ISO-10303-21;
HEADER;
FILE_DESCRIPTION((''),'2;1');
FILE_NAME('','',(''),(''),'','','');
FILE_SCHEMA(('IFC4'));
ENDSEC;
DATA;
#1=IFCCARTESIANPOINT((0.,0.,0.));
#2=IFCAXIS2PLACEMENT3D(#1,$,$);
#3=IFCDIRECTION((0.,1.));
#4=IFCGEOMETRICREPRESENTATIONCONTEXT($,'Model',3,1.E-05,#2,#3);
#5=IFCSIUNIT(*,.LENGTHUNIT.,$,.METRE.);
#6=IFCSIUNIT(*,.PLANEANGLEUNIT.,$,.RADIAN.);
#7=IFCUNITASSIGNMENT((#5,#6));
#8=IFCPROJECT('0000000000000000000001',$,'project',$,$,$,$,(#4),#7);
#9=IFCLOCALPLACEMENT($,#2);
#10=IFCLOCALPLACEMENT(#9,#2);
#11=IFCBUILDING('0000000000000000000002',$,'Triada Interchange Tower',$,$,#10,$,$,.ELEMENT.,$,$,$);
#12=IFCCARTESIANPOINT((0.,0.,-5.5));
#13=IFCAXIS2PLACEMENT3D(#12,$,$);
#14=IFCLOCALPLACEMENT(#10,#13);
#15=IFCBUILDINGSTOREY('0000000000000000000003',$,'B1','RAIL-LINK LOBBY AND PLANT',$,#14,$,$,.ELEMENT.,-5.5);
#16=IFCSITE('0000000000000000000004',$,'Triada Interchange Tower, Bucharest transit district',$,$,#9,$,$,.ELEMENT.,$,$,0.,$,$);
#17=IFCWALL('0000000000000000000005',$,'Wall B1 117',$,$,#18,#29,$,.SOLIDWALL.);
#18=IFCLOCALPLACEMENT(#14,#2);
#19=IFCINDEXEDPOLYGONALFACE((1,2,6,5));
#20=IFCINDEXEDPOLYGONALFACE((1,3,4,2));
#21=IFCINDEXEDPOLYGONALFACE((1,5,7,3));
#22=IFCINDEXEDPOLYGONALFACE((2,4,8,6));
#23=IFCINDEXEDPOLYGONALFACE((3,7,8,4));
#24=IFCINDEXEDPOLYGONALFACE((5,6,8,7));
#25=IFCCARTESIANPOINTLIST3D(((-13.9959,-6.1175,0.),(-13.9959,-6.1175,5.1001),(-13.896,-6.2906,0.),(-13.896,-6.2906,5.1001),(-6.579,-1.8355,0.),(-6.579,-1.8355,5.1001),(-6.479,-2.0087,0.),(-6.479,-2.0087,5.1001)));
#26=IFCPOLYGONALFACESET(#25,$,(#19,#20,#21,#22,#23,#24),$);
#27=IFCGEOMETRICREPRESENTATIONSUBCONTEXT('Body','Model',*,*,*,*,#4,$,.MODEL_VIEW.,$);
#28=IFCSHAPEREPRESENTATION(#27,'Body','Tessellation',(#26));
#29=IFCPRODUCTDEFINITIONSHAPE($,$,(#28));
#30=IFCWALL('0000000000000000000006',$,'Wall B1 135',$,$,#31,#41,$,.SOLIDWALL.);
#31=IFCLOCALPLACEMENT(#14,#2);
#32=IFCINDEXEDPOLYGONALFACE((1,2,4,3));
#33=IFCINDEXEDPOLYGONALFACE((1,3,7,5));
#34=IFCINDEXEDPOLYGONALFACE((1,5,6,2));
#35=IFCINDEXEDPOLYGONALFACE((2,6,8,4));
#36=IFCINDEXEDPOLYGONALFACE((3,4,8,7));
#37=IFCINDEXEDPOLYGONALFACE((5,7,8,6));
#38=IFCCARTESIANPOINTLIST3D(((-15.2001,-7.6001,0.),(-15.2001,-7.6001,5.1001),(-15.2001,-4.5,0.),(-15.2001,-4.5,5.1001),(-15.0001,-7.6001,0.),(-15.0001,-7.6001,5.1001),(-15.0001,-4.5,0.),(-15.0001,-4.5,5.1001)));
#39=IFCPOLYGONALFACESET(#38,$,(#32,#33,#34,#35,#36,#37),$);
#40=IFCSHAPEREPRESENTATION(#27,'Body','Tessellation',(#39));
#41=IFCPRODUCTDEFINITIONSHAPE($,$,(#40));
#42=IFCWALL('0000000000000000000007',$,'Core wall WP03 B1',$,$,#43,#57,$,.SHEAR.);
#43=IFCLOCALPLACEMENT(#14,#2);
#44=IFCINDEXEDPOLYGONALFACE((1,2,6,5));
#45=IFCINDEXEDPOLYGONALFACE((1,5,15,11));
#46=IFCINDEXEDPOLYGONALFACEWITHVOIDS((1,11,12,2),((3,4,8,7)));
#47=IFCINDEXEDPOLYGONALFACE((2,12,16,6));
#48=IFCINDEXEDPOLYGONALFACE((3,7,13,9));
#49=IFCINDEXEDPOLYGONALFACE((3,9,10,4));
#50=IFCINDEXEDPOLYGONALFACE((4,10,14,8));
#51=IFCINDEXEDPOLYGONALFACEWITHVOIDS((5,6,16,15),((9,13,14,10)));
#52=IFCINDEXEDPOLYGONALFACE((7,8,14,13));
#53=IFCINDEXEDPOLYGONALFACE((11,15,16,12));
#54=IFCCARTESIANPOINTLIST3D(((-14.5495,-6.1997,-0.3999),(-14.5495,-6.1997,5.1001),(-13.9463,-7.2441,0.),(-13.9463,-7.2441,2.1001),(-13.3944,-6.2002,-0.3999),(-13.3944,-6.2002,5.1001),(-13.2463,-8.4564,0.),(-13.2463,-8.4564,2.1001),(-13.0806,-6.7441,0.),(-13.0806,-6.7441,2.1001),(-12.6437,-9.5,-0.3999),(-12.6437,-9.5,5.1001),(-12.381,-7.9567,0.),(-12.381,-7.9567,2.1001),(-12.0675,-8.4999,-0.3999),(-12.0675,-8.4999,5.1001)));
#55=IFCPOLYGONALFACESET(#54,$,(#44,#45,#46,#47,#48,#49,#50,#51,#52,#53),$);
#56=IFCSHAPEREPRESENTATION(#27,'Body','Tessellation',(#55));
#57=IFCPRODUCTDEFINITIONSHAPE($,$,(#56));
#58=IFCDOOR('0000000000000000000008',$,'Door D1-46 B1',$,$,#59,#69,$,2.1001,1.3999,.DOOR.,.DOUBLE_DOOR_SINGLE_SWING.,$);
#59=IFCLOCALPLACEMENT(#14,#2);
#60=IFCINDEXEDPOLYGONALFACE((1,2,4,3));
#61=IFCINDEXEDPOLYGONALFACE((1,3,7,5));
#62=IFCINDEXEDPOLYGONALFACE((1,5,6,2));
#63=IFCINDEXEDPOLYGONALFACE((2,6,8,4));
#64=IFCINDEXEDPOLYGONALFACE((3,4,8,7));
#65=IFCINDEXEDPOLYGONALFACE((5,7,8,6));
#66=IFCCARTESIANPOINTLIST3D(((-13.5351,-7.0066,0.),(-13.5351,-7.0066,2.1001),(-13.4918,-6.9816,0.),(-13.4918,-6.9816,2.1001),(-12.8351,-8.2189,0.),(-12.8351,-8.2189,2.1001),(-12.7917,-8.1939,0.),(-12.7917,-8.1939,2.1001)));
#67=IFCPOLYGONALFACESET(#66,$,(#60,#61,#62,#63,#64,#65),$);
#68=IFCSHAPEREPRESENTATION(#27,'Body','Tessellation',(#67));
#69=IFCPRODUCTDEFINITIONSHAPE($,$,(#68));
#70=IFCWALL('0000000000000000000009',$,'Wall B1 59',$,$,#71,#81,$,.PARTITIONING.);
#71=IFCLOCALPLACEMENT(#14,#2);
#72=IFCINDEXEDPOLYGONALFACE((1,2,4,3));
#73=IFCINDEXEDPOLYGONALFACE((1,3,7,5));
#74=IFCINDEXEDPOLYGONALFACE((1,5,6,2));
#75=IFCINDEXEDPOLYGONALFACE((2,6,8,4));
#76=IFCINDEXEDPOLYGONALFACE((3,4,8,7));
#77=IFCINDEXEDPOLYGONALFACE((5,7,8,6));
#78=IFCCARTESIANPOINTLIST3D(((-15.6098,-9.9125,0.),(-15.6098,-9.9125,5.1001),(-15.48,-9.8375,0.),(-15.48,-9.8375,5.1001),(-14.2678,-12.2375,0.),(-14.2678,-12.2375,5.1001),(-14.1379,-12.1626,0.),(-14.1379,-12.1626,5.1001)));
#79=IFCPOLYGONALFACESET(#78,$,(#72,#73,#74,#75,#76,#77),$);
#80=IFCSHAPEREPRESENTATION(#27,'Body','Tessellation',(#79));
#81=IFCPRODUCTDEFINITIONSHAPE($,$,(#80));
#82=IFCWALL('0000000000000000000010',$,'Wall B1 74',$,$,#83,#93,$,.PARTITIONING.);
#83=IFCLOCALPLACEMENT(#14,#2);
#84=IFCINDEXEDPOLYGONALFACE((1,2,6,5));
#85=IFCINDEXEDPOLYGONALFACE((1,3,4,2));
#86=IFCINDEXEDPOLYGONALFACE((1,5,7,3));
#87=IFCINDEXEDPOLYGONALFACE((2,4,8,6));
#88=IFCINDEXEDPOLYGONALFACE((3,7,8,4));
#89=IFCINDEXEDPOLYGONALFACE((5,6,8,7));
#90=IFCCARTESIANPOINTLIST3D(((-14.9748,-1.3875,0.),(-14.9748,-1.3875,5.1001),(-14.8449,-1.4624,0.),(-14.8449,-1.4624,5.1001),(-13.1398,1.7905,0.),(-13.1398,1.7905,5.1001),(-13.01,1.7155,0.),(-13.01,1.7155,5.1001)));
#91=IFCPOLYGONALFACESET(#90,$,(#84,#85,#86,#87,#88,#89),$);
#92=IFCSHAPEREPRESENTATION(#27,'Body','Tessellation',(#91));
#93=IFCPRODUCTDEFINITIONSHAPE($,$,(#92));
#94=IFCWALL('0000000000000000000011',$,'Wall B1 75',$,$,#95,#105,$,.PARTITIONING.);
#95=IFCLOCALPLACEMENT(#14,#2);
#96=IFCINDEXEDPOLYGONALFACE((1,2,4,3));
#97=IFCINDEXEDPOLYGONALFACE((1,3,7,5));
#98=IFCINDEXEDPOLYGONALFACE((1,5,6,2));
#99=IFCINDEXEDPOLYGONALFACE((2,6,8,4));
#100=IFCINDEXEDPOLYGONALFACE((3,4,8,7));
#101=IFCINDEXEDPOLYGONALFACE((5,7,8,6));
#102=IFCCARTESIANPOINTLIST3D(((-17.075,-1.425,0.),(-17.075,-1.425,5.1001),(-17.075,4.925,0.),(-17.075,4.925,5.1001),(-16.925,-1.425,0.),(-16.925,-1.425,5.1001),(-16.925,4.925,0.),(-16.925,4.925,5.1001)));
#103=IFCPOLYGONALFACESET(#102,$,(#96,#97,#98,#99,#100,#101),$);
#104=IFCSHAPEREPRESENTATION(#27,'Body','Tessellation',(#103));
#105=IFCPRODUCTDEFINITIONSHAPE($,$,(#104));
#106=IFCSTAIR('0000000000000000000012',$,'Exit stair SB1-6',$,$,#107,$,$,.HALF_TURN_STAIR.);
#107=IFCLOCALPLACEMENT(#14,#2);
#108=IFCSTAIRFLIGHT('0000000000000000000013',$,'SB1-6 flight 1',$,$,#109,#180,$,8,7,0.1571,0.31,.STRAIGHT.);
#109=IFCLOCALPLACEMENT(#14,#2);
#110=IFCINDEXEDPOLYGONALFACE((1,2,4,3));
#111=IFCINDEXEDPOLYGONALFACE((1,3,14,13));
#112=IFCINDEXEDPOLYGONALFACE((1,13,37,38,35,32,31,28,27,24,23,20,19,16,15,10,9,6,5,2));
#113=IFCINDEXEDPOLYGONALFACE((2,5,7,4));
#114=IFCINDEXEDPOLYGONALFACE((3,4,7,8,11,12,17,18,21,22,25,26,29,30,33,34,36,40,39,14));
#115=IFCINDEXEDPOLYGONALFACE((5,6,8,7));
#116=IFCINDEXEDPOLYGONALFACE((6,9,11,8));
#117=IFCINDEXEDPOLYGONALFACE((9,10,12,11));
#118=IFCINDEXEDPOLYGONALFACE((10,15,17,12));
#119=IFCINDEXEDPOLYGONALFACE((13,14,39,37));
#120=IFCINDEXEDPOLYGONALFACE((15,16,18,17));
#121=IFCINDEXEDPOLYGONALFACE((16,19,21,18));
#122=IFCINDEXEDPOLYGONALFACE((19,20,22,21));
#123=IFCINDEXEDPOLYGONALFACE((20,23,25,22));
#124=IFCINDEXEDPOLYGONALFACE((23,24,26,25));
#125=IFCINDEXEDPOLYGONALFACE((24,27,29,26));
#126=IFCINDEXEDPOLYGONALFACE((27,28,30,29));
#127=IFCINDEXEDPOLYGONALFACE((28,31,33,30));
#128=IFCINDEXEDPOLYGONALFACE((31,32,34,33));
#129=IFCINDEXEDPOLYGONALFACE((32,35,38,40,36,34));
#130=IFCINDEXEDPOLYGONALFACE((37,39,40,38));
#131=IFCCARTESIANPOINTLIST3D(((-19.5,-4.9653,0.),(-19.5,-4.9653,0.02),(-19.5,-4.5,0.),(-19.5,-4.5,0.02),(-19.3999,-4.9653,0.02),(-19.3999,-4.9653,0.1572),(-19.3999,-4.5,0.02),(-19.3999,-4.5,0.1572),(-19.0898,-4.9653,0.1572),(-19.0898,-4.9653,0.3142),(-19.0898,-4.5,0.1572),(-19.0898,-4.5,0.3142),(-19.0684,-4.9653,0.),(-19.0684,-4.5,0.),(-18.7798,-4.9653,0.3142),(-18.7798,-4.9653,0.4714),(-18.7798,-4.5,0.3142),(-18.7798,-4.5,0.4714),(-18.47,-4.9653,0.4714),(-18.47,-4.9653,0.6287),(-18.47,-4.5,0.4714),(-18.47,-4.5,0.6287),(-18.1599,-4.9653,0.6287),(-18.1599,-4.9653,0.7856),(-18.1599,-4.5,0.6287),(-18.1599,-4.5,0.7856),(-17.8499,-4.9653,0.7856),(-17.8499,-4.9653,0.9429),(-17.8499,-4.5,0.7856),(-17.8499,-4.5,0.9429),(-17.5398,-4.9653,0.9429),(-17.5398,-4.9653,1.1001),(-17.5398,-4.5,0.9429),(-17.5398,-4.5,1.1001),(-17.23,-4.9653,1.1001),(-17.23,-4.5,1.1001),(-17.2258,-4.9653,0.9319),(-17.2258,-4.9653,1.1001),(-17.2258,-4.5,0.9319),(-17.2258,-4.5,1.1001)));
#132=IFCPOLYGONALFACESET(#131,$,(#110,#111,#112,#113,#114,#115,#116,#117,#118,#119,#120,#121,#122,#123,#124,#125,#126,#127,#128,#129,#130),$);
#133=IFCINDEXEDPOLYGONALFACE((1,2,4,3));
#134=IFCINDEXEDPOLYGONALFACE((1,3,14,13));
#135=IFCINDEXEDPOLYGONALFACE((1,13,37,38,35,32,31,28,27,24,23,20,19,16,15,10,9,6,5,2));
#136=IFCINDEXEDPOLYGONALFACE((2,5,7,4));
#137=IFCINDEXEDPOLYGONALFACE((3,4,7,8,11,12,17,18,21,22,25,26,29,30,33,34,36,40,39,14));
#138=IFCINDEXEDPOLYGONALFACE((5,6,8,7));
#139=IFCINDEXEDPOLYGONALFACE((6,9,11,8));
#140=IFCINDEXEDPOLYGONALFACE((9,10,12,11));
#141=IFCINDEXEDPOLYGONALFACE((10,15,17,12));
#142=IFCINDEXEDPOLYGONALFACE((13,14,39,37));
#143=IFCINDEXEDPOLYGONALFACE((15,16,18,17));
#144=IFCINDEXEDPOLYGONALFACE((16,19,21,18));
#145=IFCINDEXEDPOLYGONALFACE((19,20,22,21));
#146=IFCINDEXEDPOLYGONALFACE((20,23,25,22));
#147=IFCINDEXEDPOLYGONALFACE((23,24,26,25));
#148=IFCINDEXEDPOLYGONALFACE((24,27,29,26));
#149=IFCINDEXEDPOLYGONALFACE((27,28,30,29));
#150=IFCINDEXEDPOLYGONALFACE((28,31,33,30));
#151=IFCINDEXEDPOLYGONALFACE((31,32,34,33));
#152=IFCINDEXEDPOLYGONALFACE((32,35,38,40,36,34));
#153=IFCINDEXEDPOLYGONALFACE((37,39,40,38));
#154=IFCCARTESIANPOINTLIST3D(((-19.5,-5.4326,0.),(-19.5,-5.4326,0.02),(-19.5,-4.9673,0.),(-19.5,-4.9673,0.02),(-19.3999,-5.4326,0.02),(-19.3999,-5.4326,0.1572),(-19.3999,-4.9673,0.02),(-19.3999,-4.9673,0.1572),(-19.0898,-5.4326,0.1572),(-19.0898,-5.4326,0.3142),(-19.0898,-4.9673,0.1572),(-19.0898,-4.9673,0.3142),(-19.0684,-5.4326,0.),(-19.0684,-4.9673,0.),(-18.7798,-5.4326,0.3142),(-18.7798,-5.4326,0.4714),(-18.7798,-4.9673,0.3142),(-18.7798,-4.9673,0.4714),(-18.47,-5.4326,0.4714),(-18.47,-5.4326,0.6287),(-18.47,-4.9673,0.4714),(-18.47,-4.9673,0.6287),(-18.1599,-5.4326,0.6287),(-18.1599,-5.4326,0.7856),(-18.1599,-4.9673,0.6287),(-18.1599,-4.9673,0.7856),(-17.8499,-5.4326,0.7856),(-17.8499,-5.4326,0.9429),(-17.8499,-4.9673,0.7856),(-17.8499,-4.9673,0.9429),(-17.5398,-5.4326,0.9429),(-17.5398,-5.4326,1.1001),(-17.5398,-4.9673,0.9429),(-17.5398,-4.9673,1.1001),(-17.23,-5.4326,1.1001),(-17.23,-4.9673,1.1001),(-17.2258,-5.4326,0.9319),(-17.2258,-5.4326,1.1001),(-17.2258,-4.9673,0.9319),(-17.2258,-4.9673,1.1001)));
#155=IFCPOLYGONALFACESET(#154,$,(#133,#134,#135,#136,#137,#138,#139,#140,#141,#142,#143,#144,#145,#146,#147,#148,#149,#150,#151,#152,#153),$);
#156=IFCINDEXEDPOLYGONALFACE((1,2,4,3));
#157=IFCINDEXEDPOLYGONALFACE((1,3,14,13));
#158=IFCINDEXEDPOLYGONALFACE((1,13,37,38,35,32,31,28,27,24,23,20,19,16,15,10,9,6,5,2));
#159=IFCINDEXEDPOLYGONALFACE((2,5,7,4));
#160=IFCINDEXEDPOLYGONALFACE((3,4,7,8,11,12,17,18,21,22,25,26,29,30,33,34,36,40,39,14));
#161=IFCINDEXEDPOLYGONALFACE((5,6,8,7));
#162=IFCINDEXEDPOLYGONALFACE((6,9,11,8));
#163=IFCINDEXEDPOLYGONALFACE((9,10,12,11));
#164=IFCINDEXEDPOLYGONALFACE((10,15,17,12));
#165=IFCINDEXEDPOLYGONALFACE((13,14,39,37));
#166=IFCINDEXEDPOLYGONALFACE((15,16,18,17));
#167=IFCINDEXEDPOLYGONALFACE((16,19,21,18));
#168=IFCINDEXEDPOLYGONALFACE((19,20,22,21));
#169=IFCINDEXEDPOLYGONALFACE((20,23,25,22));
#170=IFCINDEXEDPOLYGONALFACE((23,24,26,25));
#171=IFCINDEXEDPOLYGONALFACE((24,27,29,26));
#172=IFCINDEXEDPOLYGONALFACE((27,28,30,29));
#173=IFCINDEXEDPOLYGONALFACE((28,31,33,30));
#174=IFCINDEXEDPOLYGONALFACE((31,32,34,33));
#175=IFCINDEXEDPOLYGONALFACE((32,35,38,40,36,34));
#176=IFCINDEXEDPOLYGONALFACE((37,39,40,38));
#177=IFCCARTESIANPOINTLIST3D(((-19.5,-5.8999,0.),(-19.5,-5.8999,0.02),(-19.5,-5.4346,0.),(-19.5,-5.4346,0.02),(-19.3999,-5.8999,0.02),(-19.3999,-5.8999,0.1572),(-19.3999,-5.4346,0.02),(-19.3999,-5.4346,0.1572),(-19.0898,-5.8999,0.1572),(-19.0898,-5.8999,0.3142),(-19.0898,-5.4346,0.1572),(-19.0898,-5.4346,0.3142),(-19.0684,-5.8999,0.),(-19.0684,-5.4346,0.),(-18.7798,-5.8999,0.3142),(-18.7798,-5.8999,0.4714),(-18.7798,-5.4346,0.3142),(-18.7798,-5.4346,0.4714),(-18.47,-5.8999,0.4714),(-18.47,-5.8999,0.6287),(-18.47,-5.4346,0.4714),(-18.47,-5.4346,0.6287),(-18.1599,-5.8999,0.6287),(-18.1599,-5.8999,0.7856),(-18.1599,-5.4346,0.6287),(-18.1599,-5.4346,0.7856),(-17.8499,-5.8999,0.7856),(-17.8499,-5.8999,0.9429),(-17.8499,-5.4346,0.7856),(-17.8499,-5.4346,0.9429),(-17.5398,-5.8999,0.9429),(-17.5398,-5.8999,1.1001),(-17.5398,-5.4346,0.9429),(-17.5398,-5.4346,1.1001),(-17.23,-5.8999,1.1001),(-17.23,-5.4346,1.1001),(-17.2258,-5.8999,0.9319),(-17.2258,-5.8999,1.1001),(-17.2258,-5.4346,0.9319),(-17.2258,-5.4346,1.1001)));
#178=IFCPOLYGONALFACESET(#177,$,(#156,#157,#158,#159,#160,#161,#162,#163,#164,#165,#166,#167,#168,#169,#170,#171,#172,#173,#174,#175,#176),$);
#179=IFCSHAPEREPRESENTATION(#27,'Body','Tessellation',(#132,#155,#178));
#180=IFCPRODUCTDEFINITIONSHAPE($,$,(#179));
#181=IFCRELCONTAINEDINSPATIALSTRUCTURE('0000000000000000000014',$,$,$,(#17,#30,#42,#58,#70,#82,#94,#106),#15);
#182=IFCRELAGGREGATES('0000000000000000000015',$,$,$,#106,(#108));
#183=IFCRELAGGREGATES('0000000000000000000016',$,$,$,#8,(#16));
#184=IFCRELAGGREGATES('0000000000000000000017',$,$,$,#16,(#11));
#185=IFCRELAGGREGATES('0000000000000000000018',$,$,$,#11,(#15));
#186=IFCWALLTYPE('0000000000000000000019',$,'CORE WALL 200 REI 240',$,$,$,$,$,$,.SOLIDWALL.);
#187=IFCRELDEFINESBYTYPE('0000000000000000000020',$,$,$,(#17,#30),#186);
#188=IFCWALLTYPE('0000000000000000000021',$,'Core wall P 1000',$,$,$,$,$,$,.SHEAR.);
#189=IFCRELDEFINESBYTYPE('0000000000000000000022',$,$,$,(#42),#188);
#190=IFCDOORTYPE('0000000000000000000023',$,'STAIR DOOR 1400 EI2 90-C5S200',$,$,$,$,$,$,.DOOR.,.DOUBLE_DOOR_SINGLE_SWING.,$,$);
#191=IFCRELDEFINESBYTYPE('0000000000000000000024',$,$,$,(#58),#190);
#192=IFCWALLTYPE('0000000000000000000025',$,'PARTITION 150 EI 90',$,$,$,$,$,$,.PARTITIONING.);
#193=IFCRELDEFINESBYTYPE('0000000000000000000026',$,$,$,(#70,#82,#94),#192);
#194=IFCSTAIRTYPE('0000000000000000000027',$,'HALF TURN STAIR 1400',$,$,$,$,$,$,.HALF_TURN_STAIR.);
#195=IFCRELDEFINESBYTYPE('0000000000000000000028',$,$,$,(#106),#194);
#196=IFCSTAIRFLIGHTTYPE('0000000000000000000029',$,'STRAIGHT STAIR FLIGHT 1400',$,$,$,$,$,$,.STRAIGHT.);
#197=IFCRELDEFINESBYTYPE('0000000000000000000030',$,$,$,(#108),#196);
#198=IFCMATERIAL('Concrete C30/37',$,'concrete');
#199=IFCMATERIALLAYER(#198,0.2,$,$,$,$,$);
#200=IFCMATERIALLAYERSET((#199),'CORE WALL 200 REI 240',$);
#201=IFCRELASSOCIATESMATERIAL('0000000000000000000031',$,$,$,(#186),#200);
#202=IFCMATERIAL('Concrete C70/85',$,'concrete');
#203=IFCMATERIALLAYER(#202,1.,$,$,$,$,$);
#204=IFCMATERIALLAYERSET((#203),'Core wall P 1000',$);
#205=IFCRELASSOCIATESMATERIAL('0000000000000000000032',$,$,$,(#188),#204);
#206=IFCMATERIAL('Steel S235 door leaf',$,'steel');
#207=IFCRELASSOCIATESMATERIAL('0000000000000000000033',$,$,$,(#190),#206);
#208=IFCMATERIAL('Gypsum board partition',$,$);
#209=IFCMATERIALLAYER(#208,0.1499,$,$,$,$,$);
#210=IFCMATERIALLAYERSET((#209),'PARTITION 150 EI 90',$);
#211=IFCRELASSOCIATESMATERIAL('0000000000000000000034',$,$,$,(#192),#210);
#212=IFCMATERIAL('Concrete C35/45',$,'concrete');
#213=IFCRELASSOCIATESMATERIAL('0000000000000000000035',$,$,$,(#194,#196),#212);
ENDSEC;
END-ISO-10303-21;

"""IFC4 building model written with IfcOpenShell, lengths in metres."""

from ifc_helpers import new_model, si_unit, direction, frame, frame_2d, origin, place, context, subcontext, project, spatial, polyline, rectangle, outline, extrude, material, layer, layer_set, type_object, element, fill, aggregate, save


model = new_model("IFC4")

# Units and contexts
model_context = context("Model", 3, precision=1e-05, world=origin(), true_north=direction((0.0, 1.0)))
body_context = subcontext(model_context, "Body", "Model", "MODEL_VIEW")
ifc_project = project(units=[si_unit("LENGTHUNIT", "METRE"), si_unit("PLANEANGLEUNIT", "RADIAN")], contexts=[model_context])

# Site, building, storey
site_placement = place(None, origin())
site = spatial("IfcSite", under=ifc_project, at=site_placement, Name="Triada Interchange Tower, Bucharest transit district", CompositionType="ELEMENT", RefElevation=0.0)
building_placement = place(site_placement, origin())
building = spatial("IfcBuilding", under=site, at=building_placement, Name="Triada Interchange Tower", CompositionType="ELEMENT")
storey_placement = place(building_placement, frame((0.0, 0.0, -5.5)))
storey = spatial("IfcBuildingStorey", under=building, at=storey_placement, Name="B1", Description="RAIL-LINK LOBBY AND PLANT", CompositionType="ELEMENT", Elevation=-5.5)

# Shared definitions
ifc_material_1 = material(Name="Concrete C30/37", Category="concrete")

# Walls
ifc_layer_1 = layer(ifc_material_1, 0.2)
ifc_layer_set_1 = layer_set([ifc_layer_1], Name="CORE WALL 200 REI 240")
wall_type_1 = type_object("IfcWallType", Name="CORE WALL 200 REI 240", PredefinedType="SOLIDWALL", material=ifc_layer_set_1)
wall_1_placement = place(storey_placement, frame((-13.946, -6.2041, 0.0), z_axis=(0.0, 0.0, 1.0), x_axis=(0.866037, 0.499981, 0.0)))
element("IfcWall", 1, at=wall_1_placement, inside=storey, type_object=wall_type_1, Name="Wall B1 117", PredefinedType="SOLIDWALL", context=body_context, shape_type="SweptSolid", body=[
    extrude(rectangle(XDim=8.5642, YDim=0.2, at=frame_2d((4.2822, 0.0))), origin(), (0.0, 0.0, 1.0), 5.1001),
])
wall_2_placement = place(storey_placement, frame((-15.1001, -7.6001, 0.0), z_axis=(0.0, 0.0, 1.0), x_axis=(0.0, 1.0, 0.0)))
element("IfcWall", 2, at=wall_2_placement, inside=storey, type_object=wall_type_1, Name="Wall B1 135", PredefinedType="SOLIDWALL", context=body_context, shape_type="SweptSolid", body=[
    extrude(rectangle(XDim=3.1001, YDim=0.2, at=frame_2d((1.55, 0.0))), origin(), (0.0, 0.0, 1.0), 5.1001),
])

# Wall, opening, door
ifc_material_2 = material(Name="Concrete C70/85", Category="concrete")
ifc_layer_2 = layer(ifc_material_2, 1.0)
ifc_layer_set_2 = layer_set([ifc_layer_2], Name="Core wall P 1000")
wall_type_2 = type_object("IfcWallType", Name="Core wall P 1000", PredefinedType="SHEAR", material=ifc_layer_set_2)
wall_3_placement = place(storey_placement, frame((-13.9719, -6.2, -0.3999), z_axis=(0.0, 0.0, 1.0), x_axis=(0.500078, -0.865981, 0.0)))
wall_3 = element("IfcWall", 3, at=wall_3_placement, inside=storey, type_object=wall_type_2, Name="Core wall WP03 B1", PredefinedType="SHEAR", context=body_context, shape_type="SweptSolid", body=[
    extrude(outline(polyline([(-0.2891, -0.5), (1.6165, -0.5), (3.522, -0.5), (2.9441, 0.499), (1.6167, 0.4995), (0.2891, 0.5), (-0.2891, -0.5)])), origin(), (0.0, 0.0, 1.0), 5.5),
])
opening_1_placement = place(wall_3_placement, frame((0.917, 0.0, 0.3999)))
opening_1 = element("IfcOpeningElement", 4, at=opening_1_placement, cuts=wall_3, PredefinedType="OPENING", context=body_context, shape_type="SweptSolid", body=[
    extrude(rectangle(XDim=1.3999, YDim=2.1001, at=frame_2d((0.7, 1.05))), frame((0.0, 0.51, 0.0), z_axis=(0.0, -1.0, 0.0), x_axis=(1.0, 0.0, 0.0)), (0.0, 0.0, 1.0), 1.02),
])
ifc_material_3 = material(Name="Steel S235 door leaf", Category="steel")
door_type_1 = type_object("IfcDoorType", Name="STAIR DOOR 1400 EI2 90-C5S200", OperationType="DOUBLE_DOOR_SINGLE_SWING", PredefinedType="DOOR", material=ifc_material_3)
door_1_placement = place(opening_1_placement, origin())
door_1 = element("IfcDoor", 5, at=door_1_placement, inside=storey, type_object=door_type_1, Name="Door D1-46 B1", OperationType="DOUBLE_DOOR_SINGLE_SWING", OverallHeight=2.1001, OverallWidth=1.3999, PredefinedType="DOOR", context=body_context, shape_type="SweptSolid", body=[
    extrude(rectangle(XDim=1.3999, YDim=2.1001, at=frame_2d((0.7, 1.05))), frame((0.0, 0.0249, 0.0), z_axis=(0.0, -1.0, 0.0), x_axis=(1.0, 0.0, 0.0)), (0.0, 0.0, 1.0), 0.05),
])
fill(opening_1, door_1)

# Walls
ifc_material_4 = material(Name="Gypsum board partition")
ifc_layer_3 = layer(ifc_material_4, 0.1499)
ifc_layer_set_3 = layer_set([ifc_layer_3], Name="PARTITION 150 EI 90")
wall_type_3 = type_object("IfcWallType", Name="PARTITION 150 EI 90", PredefinedType="PARTITIONING", material=ifc_layer_set_3)
wall_4_placement = place(storey_placement, frame((-15.5449, -9.875, 0.0), z_axis=(0.0, 0.0, 1.0), x_axis=(0.499925, -0.866069, 0.0)))
element("IfcWall", 6, at=wall_4_placement, inside=storey, type_object=wall_type_3, Name="Wall B1 59", PredefinedType="PARTITIONING", context=body_context, shape_type="SweptSolid", body=[
    extrude(rectangle(XDim=2.6846, YDim=0.1499, at=frame_2d((1.3423, 0.0))), origin(), (0.0, 0.0, 1.0), 5.1001),
])
wall_5_placement = place(storey_placement, frame((-14.9099, -1.425, 0.0), z_axis=(0.0, 0.0, 1.0), x_axis=(0.500032, 0.866007, 0.0)))
element("IfcWall", 7, at=wall_5_placement, inside=storey, type_object=wall_type_3, Name="Wall B1 74", PredefinedType="PARTITIONING", context=body_context, shape_type="SweptSolid", body=[
    extrude(rectangle(XDim=3.6697, YDim=0.1499, at=frame_2d((1.835, 0.0))), origin(), (0.0, 0.0, 1.0), 5.1001),
])
wall_6_placement = place(storey_placement, frame((-17.0, -1.425, 0.0), z_axis=(0.0, 0.0, 1.0), x_axis=(0.0, 1.0, 0.0)))
element("IfcWall", 8, at=wall_6_placement, inside=storey, type_object=wall_type_3, Name="Wall B1 75", PredefinedType="PARTITIONING", context=body_context, shape_type="SweptSolid", body=[
    extrude(rectangle(XDim=6.3501, YDim=0.1499, at=frame_2d((3.175, 0.0))), origin(), (0.0, 0.0, 1.0), 5.1001),
])

# Stair, stair flight
ifc_material_5 = material(Name="Concrete C35/45", Category="concrete")
stair_type = type_object("IfcStairType", Name="HALF TURN STAIR 1400", PredefinedType="HALF_TURN_STAIR", material=ifc_material_5)
stair_placement = place(storey_placement, origin())
stair = element("IfcStair", 9, at=stair_placement, inside=storey, type_object=stair_type, Name="Exit stair SB1-6", PredefinedType="HALF_TURN_STAIR")
stair_flight_type = type_object("IfcStairFlightType", Name="STRAIGHT STAIR FLIGHT 1400", PredefinedType="STRAIGHT", material=ifc_material_5)
stair_flight_1_placement = place(storey_placement, frame((-19.3999, -5.2, 0.0), z_axis=(0.0, 0.0, 1.0), x_axis=(1.0, 0.0, 0.0)))
stair_flight_1 = element("IfcStairFlight", 10, at=stair_flight_1_placement, type_object=stair_flight_type, Name="SB1-6 flight 1", NumberOfRisers=8, NumberOfTreads=7, PredefinedType="STRAIGHT", RiserHeight=0.1571, TreadLength=0.31, context=body_context, shape_type="SweptSolid", body=[
    extrude(outline(polyline([(-0.1001, 0.0), (-0.1001, 0.02), (0.0, 0.02), (0.0, 0.1572), (0.3101, 0.1572), (0.3101, 0.3142), (0.6201, 0.3142), (0.6201, 0.4714), (0.9299, 0.4714), (0.9299, 0.6287), (1.24, 0.6287), (1.24, 0.7856), (1.55, 0.7856), (1.55, 0.9429), (1.8601, 0.9429), (1.8601, 1.1001), (2.1699, 1.1001), (2.1741, 1.1001), (2.1741, 1.2571), (2.1741, 0.9319), (0.3315, 0.0), (-0.1001, 0.0)])), frame((0.0, 0.7, 0.0), z_axis=(0.0, -1.0, 0.0), x_axis=(1.0, 0.0, 0.0)), (0.0, 0.0, 1.0), 0.4653),
    extrude(outline(polyline([(-0.1001, 0.0), (-0.1001, 0.02), (0.0, 0.02), (0.0, 0.1572), (0.3101, 0.1572), (0.3101, 0.3142), (0.6201, 0.3142), (0.6201, 0.4714), (0.9299, 0.4714), (0.9299, 0.6287), (1.24, 0.6287), (1.24, 0.7856), (1.55, 0.7856), (1.55, 0.9429), (1.8601, 0.9429), (1.8601, 1.1001), (2.1699, 1.1001), (2.1741, 1.1001), (2.1741, 1.2571), (2.1741, 0.9319), (0.3315, 0.0), (-0.1001, 0.0)])), frame((0.0, 0.2327, 0.0), z_axis=(0.0, -1.0, 0.0), x_axis=(1.0, 0.0, 0.0)), (0.0, 0.0, 1.0), 0.4653),
    extrude(outline(polyline([(-0.1001, 0.0), (-0.1001, 0.02), (0.0, 0.02), (0.0, 0.1572), (0.3101, 0.1572), (0.3101, 0.3142), (0.6201, 0.3142), (0.6201, 0.4714), (0.9299, 0.4714), (0.9299, 0.6287), (1.24, 0.6287), (1.24, 0.7856), (1.55, 0.7856), (1.55, 0.9429), (1.8601, 0.9429), (1.8601, 1.1001), (2.1699, 1.1001), (2.1741, 1.1001), (2.1741, 1.2571), (2.1741, 0.9319), (0.3315, 0.0), (-0.1001, 0.0)])), frame((0.0, -0.2346, 0.0), z_axis=(0.0, -1.0, 0.0), x_axis=(1.0, 0.0, 0.0)), (0.0, 0.0, 1.0), 0.4653),
])
aggregate(stair, [stair_flight_1])

save(model, "model.ifc")
